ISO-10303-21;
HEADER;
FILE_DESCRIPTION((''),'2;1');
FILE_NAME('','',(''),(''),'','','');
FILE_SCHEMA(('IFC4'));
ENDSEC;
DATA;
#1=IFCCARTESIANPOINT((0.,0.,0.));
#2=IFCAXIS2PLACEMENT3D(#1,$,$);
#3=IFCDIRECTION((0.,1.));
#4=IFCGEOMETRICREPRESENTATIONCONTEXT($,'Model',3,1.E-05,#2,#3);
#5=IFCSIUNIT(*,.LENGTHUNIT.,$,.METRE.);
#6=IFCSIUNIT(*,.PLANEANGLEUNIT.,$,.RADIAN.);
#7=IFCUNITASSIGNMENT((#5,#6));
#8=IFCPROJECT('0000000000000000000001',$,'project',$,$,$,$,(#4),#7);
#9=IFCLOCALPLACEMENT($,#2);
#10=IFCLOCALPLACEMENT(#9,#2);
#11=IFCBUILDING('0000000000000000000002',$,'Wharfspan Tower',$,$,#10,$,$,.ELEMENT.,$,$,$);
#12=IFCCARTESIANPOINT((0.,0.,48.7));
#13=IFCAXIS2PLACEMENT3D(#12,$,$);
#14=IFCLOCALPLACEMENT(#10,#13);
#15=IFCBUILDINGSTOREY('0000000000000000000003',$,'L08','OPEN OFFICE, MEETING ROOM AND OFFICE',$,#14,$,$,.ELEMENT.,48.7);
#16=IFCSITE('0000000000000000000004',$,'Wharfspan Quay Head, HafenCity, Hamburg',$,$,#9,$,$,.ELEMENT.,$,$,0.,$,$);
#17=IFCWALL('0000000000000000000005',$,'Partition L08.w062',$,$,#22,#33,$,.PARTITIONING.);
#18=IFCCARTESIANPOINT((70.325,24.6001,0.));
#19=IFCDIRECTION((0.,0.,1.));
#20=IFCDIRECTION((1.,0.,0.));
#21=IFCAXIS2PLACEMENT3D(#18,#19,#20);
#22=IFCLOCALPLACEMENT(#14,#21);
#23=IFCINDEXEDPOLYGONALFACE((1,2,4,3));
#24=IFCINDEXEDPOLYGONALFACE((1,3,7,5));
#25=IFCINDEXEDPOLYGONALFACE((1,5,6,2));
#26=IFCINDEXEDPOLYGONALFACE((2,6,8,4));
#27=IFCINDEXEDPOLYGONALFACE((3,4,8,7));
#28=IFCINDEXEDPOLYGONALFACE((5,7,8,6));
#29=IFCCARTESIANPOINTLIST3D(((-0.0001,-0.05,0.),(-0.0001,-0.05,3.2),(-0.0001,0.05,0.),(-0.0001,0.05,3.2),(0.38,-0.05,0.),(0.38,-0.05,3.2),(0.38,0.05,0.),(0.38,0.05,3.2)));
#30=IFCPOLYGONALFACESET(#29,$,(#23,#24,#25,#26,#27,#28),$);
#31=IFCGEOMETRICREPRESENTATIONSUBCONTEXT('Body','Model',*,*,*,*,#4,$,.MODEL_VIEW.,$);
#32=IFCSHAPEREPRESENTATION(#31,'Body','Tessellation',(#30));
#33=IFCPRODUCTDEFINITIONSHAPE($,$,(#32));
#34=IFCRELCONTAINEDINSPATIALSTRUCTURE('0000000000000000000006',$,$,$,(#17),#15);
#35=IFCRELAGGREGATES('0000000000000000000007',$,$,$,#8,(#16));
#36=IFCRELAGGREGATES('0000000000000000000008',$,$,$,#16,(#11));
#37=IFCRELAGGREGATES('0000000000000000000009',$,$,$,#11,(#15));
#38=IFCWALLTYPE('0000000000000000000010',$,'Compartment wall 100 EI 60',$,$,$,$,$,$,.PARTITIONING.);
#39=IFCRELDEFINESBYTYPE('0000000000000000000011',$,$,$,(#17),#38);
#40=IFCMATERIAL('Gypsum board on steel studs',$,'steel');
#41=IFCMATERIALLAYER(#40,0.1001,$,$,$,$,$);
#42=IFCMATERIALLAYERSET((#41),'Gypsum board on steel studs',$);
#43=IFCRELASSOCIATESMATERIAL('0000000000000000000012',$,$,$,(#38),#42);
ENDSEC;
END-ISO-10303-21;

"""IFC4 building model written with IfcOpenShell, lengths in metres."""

from ifc_helpers import new_model, si_unit, direction, frame, frame_2d, origin, place, context, subcontext, project, spatial, rectangle, extrude, material, layer, layer_set, type_object, element, save


model = new_model("IFC4")

# Units and contexts
model_context = context("Model", 3, precision=1e-05, world=origin(), true_north=direction((0.0, 1.0)))
body_context = subcontext(model_context, "Body", "Model", "MODEL_VIEW")
ifc_project = project(units=[si_unit("LENGTHUNIT", "METRE"), si_unit("PLANEANGLEUNIT", "RADIAN")], contexts=[model_context])

# Site, building, storey
site_placement = place(None, origin())
site = spatial("IfcSite", under=ifc_project, at=site_placement, Name="Wharfspan Quay Head, HafenCity, Hamburg", CompositionType="ELEMENT", RefElevation=0.0)
building_placement = place(site_placement, origin())
building = spatial("IfcBuilding", under=site, at=building_placement, Name="Wharfspan Tower", CompositionType="ELEMENT")
storey_placement = place(building_placement, frame((0.0, 0.0, 48.7)))
storey = spatial("IfcBuildingStorey", under=building, at=storey_placement, Name="L08", Description="OPEN OFFICE, MEETING ROOM AND OFFICE", CompositionType="ELEMENT", Elevation=48.7)

# Wall
ifc_material_1 = material(Name="Gypsum board on steel studs", Category="steel")
ifc_layer_1 = layer(ifc_material_1, 0.1001)
ifc_layer_set_1 = layer_set([ifc_layer_1], Name="Gypsum board on steel studs")
wall_type_1 = type_object("IfcWallType", Name="Compartment wall 100 EI 60", PredefinedType="PARTITIONING", material=ifc_layer_set_1)
wall_1_placement = place(storey_placement, frame((70.325, 24.6001, 0.0), z_axis=(0.0, 0.0, 1.0), x_axis=(1.0, 0.0, 0.0)))
element("IfcWall", 1, at=wall_1_placement, inside=storey, type_object=wall_type_1, Name="Partition L08.w062", PredefinedType="PARTITIONING", context=body_context, shape_type="SweptSolid", body=[
    extrude(rectangle(XDim=0.3801, YDim=0.1001, at=frame_2d((0.1899, 0.0))), origin(), (0.0, 0.0, 1.0), 3.2),
])

save(model, "model.ifc")
